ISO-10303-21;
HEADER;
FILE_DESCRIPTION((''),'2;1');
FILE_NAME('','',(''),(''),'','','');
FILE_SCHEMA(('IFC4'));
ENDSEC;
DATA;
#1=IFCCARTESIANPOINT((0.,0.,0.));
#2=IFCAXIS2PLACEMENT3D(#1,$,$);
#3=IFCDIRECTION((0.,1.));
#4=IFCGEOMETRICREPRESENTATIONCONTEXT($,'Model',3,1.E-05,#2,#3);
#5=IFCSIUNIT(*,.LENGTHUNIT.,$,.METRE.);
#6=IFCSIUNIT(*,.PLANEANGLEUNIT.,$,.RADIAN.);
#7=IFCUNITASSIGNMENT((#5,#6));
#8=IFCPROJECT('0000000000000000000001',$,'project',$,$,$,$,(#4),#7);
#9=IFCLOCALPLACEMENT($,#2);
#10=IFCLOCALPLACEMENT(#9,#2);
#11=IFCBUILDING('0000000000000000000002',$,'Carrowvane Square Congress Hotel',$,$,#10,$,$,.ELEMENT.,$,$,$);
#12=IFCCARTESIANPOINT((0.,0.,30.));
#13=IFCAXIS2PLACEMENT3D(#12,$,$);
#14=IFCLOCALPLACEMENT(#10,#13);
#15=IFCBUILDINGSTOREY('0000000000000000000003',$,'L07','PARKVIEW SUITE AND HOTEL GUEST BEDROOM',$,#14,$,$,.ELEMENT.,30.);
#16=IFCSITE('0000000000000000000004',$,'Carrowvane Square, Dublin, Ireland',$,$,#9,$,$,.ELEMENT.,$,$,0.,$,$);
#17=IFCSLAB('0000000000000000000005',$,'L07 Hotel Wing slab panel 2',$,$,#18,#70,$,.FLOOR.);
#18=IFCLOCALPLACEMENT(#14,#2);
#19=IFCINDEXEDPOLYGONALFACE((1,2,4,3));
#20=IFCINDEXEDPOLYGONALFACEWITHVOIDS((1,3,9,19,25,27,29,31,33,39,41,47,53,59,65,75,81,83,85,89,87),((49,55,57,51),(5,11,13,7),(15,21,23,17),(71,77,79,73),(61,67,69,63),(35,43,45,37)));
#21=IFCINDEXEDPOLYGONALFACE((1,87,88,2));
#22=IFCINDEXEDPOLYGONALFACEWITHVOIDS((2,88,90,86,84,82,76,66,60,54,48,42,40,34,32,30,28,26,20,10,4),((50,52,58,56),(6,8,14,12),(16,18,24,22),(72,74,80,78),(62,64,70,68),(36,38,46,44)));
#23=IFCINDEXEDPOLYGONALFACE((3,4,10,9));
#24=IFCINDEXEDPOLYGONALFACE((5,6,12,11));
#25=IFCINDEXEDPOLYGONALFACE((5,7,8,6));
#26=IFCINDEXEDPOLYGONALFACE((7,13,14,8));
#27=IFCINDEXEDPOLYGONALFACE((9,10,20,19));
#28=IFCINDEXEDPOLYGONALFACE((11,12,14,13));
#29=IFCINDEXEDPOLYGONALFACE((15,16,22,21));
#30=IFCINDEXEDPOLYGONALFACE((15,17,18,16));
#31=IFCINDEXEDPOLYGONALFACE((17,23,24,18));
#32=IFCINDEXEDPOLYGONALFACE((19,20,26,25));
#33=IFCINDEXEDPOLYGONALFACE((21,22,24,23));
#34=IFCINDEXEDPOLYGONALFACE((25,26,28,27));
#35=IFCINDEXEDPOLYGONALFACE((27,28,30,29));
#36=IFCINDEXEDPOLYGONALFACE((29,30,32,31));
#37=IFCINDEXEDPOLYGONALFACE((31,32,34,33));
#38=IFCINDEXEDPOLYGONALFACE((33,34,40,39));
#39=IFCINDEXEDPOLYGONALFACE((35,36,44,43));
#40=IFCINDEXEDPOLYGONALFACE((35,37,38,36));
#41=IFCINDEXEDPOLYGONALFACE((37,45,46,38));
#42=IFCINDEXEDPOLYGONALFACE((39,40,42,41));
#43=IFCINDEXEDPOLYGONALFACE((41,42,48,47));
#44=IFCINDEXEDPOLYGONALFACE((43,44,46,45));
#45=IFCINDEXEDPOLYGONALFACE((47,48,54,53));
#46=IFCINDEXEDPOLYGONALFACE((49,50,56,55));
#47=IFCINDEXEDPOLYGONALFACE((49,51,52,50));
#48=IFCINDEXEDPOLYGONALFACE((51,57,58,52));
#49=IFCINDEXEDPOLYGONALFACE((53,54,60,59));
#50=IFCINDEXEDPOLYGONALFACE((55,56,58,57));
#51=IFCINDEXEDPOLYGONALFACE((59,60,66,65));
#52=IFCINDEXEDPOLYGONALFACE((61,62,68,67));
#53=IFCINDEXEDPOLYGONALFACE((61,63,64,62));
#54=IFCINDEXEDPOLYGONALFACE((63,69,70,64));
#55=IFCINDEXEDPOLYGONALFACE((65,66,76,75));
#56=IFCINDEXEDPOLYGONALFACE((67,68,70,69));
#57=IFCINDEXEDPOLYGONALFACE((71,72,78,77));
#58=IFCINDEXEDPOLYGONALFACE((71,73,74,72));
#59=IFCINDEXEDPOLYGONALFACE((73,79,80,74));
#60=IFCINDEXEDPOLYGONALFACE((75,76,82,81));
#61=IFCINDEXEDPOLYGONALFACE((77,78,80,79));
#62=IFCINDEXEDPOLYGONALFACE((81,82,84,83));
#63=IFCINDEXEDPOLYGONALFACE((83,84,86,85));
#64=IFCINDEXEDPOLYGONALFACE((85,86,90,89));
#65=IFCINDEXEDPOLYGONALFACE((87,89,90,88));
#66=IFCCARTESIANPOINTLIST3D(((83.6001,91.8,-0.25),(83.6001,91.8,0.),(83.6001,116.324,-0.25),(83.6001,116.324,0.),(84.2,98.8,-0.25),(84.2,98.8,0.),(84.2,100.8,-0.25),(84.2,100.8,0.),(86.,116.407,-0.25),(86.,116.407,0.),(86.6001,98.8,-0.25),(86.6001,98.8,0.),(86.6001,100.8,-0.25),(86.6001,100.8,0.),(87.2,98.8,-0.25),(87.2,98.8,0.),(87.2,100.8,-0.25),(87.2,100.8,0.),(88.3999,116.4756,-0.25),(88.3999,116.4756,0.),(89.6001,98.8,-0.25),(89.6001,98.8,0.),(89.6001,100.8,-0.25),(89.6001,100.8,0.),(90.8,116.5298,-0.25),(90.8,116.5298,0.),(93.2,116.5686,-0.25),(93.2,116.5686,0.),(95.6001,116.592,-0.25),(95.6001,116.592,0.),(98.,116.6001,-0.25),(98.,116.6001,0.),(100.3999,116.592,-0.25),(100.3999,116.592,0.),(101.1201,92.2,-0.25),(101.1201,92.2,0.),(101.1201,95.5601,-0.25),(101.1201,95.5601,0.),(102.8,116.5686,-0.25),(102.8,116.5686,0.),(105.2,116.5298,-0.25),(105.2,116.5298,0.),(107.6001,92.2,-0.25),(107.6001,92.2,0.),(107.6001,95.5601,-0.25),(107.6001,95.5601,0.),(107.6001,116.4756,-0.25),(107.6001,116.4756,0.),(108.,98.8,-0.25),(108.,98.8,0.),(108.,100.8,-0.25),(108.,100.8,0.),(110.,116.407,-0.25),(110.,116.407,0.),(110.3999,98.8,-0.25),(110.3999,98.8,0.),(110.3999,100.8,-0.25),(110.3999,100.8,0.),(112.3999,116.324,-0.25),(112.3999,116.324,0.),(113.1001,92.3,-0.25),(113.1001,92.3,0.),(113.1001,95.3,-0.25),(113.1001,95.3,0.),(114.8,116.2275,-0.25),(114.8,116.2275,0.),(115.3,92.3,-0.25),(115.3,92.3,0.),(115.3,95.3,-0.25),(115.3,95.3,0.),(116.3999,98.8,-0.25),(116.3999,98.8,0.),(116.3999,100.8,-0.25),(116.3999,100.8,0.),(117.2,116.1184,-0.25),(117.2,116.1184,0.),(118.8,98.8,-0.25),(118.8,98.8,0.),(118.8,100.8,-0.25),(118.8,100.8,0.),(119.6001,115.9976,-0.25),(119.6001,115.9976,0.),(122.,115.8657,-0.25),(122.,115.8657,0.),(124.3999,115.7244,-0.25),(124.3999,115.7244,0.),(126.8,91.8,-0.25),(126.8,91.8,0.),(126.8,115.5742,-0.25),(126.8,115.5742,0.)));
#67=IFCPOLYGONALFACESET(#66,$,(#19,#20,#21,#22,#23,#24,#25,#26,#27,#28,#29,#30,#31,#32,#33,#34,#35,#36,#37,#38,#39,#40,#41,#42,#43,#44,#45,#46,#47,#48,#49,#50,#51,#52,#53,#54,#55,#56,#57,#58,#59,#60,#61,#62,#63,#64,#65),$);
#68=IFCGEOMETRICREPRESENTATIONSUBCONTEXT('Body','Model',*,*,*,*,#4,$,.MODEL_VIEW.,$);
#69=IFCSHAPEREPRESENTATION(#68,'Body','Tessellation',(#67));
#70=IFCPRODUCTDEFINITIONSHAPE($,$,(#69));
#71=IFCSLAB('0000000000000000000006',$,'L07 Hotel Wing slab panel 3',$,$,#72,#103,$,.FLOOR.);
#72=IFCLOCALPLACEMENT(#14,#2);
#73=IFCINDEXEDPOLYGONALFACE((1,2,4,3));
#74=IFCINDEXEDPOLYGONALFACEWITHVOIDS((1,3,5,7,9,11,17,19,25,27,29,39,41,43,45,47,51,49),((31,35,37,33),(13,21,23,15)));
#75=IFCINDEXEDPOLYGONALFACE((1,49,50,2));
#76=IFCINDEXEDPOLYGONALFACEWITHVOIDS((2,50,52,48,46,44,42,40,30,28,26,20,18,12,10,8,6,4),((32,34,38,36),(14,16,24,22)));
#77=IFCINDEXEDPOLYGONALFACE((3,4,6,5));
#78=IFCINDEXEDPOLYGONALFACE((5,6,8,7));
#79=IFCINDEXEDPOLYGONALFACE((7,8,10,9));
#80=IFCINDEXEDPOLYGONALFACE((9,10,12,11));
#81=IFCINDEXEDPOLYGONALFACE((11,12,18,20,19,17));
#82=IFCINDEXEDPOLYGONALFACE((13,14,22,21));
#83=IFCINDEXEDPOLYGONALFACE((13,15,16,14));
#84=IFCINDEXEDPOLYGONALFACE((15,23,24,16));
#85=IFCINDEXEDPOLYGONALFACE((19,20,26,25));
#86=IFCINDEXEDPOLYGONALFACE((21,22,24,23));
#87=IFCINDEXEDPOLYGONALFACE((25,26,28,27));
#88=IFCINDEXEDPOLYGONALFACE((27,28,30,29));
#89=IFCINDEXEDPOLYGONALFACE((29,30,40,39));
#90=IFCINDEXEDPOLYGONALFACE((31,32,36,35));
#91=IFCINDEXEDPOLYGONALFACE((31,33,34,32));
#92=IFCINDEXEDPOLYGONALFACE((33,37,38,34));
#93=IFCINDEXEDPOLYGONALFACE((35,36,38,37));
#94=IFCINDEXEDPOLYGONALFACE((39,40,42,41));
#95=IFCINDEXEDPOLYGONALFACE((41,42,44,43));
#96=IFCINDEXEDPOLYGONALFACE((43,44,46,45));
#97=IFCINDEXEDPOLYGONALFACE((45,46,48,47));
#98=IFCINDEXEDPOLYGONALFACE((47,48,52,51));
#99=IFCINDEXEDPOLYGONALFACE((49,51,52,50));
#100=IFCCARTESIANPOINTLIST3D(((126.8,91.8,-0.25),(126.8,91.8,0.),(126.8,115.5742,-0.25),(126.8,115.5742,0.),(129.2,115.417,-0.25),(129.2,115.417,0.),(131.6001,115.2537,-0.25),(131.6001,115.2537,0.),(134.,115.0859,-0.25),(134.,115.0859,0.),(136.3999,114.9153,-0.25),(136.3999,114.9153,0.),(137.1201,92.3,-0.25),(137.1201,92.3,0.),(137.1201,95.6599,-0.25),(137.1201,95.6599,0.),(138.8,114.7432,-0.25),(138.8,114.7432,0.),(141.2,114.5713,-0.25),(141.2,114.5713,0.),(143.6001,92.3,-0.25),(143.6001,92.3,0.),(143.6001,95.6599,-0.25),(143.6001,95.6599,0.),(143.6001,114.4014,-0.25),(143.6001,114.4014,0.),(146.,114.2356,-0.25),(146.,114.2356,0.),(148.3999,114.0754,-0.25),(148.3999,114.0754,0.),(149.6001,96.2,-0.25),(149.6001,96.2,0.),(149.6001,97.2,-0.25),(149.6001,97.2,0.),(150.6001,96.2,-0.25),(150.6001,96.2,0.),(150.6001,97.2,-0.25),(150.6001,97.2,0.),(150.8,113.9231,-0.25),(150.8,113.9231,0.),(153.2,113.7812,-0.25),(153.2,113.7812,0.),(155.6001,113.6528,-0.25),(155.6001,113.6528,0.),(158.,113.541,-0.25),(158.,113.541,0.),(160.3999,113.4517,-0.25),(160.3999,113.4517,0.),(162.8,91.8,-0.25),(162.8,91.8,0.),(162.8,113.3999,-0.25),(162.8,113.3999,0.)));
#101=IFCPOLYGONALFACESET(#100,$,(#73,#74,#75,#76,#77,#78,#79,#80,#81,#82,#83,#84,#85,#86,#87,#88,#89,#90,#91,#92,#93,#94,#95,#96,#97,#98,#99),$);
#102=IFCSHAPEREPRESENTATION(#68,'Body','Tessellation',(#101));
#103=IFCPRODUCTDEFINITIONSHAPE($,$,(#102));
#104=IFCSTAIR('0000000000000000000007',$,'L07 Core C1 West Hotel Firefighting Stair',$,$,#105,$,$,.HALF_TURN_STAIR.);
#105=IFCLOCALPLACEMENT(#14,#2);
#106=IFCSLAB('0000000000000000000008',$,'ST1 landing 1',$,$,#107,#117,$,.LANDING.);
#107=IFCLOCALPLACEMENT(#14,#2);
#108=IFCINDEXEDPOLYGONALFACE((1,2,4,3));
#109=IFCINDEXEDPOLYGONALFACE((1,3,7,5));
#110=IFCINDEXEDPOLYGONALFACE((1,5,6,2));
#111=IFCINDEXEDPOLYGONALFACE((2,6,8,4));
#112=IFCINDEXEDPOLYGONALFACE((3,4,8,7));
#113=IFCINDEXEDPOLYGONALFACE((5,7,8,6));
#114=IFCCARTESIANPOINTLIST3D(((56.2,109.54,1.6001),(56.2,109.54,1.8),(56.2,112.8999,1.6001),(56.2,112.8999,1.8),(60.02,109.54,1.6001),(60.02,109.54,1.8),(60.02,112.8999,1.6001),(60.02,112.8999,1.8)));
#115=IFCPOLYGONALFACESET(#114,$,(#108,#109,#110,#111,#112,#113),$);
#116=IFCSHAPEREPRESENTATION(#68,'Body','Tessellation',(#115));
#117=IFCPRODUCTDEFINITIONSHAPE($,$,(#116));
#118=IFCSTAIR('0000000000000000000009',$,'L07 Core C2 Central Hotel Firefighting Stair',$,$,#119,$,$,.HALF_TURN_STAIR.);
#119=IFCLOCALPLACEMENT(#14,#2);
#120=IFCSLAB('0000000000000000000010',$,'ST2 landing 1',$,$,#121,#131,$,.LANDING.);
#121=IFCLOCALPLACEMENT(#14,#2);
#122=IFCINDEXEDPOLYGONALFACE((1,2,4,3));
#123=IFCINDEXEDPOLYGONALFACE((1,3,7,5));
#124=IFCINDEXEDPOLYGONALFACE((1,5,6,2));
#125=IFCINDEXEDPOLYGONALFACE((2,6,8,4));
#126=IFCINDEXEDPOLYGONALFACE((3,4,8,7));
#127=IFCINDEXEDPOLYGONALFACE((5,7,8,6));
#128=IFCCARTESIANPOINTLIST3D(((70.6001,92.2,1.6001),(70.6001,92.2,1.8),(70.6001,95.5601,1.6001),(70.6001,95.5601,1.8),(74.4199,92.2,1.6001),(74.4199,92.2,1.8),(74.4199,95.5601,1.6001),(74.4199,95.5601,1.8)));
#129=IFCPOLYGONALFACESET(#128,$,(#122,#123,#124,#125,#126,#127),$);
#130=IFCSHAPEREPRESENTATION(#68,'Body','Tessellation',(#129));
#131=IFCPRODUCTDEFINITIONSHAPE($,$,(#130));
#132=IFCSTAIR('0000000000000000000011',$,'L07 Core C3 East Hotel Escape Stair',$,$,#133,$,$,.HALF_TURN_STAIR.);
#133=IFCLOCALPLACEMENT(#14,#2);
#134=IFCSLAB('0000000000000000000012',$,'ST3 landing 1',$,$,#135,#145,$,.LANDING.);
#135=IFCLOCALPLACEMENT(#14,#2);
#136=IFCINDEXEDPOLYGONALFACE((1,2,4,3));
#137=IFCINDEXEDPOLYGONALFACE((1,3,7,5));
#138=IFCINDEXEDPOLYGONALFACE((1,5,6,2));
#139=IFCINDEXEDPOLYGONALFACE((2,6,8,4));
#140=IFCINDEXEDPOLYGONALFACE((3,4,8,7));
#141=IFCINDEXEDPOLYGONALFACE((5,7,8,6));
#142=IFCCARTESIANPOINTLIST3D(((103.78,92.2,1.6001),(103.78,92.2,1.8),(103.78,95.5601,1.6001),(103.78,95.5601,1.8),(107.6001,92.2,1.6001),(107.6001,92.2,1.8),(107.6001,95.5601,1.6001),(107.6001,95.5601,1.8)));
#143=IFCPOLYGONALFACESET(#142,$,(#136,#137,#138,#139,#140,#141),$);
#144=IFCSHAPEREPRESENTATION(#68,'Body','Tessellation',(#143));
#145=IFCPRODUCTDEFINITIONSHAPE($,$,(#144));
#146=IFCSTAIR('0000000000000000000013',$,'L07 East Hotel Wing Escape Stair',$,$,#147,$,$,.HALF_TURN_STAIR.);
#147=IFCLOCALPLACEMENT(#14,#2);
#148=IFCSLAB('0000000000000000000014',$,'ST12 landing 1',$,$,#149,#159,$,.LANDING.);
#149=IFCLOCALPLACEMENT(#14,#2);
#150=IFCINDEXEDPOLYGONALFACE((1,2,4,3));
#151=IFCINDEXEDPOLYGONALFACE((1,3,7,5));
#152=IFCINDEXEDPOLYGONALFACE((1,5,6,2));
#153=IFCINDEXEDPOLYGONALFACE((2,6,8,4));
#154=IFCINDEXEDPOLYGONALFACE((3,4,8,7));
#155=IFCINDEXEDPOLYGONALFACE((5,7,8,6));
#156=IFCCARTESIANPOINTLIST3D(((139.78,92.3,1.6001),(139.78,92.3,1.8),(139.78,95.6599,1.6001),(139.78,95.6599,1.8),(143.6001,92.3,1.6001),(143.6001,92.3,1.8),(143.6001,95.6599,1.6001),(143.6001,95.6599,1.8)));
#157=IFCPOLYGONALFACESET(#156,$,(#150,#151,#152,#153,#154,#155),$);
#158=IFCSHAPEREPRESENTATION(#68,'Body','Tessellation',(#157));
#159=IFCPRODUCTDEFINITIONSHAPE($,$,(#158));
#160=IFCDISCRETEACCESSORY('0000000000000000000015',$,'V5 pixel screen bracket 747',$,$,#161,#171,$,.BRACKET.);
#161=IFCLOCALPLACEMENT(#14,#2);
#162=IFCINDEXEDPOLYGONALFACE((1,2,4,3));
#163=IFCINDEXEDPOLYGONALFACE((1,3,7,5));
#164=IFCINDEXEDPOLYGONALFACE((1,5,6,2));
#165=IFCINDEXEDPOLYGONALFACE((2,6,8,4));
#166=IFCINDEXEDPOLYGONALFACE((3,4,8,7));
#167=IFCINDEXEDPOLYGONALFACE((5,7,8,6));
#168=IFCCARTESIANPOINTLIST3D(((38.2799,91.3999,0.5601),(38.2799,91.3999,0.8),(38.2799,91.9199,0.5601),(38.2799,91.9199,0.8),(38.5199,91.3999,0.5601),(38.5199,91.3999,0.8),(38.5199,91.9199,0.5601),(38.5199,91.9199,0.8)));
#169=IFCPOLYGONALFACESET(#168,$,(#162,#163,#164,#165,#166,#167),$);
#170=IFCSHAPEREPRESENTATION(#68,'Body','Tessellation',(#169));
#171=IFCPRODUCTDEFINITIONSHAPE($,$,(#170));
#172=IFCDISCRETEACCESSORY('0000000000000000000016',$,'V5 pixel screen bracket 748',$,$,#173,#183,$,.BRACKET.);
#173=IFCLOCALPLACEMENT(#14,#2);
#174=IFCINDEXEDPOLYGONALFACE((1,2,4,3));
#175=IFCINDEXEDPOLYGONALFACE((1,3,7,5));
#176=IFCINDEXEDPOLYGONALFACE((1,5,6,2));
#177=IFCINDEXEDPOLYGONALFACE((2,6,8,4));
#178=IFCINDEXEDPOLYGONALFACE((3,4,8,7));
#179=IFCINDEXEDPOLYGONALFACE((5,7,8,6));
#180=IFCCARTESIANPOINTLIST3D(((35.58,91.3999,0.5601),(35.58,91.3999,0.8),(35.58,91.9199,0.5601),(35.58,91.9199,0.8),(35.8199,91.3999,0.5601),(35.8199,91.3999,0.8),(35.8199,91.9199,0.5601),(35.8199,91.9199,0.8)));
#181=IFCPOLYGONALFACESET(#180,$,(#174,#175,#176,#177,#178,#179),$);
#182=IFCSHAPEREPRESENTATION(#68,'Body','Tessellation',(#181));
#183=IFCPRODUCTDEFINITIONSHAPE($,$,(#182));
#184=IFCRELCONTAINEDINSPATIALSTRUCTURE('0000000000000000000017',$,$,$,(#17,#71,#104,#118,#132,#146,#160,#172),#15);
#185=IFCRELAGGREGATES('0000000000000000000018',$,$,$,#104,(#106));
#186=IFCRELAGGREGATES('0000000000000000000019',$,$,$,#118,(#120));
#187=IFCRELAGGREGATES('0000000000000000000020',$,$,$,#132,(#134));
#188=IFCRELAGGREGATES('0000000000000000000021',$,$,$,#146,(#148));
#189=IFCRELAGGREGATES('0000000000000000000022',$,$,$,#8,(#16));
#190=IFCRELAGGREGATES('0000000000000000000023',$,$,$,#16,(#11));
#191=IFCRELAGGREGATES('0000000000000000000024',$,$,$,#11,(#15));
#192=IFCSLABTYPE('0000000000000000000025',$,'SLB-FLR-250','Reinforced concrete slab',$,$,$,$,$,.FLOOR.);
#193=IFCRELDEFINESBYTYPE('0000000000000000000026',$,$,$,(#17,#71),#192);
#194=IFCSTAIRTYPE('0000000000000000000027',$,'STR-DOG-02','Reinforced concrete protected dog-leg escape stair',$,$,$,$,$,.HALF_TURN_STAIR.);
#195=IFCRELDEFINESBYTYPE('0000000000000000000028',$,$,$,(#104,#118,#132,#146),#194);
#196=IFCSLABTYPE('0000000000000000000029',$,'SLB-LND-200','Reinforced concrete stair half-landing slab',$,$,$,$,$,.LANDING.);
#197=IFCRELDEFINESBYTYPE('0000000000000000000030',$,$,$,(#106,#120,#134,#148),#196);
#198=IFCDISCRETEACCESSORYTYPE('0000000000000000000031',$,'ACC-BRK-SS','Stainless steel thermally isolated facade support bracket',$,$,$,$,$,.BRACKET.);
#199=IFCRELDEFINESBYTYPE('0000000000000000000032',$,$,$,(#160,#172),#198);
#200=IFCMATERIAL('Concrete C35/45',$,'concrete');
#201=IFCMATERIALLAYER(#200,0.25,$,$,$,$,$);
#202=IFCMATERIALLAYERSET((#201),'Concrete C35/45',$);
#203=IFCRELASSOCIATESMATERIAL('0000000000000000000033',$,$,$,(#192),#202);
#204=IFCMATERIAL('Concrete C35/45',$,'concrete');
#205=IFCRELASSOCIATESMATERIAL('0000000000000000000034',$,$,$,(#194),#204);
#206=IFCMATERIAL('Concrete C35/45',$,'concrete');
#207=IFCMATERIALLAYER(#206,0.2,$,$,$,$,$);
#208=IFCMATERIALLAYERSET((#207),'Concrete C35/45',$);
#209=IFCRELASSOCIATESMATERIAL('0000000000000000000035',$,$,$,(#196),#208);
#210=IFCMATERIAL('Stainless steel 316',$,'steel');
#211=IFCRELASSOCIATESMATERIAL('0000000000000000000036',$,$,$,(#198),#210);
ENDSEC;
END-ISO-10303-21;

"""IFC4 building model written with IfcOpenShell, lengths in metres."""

from ifc_helpers import new_model, si_unit, direction, frame, origin, origin_2d, place, context, subcontext, project, spatial, polyline, rectangle, outline, extrude, material, layer, layer_set, type_object, element, aggregate, save


model = new_model("IFC4")

# Units and contexts
model_context = context("Model", 3, precision=1e-05, world=origin(), true_north=direction((0.0, 1.0)))
body_context = subcontext(model_context, "Body", "Model", "MODEL_VIEW")
ifc_project = project(units=[si_unit("LENGTHUNIT", "METRE"), si_unit("PLANEANGLEUNIT", "RADIAN")], contexts=[model_context])

# Site, building, storey
site_placement = place(None, origin())
site = spatial("IfcSite", under=ifc_project, at=site_placement, Name="Carrowvane Square, Dublin, Ireland", CompositionType="ELEMENT", RefElevation=0.0)
building_placement = place(site_placement, origin())
building = spatial("IfcBuilding", under=site, at=building_placement, Name="Carrowvane Square Congress Hotel", CompositionType="ELEMENT")
storey_placement = place(building_placement, frame((0.0, 0.0, 30.0)))
storey = spatial("IfcBuildingStorey", under=building, at=storey_placement, Name="L07", Description="PARKVIEW SUITE AND HOTEL GUEST BEDROOM", CompositionType="ELEMENT", Elevation=30.0)

# Slabs
ifc_material_1 = material(Name="Concrete C35/45", Category="concrete")
ifc_layer_1 = layer(ifc_material_1, 0.25)
ifc_layer_set_1 = layer_set([ifc_layer_1], Name="Concrete C35/45")
slab_type_1 = type_object("IfcSlabType", Name="SLB-FLR-250", Description="Reinforced concrete slab", PredefinedType="FLOOR", material=ifc_layer_set_1)
slab_1_placement = place(storey_placement, frame((0.0, 0.0, -0.25)))
element("IfcSlab", 1, at=slab_1_placement, inside=storey, type_object=slab_type_1, Name="L07 Hotel Wing slab panel 2", PredefinedType="FLOOR", context=body_context, shape_type="SweptSolid", body=[
    extrude(outline(polyline([(83.6001, 91.8), (126.8, 91.8), (126.8, 115.5742), (124.3999, 115.7244), (122.0, 115.8657), (119.6001, 115.9976), (117.2, 116.1184), (114.8, 116.2275), (112.3999, 116.324), (110.0, 116.407), (107.6001, 116.4756), (105.2, 116.5298), (102.8, 116.5686), (100.3999, 116.592), (98.0, 116.6001), (95.6001, 116.592), (93.2, 116.5686), (90.8, 116.5298), (88.3999, 116.4756), (86.0, 116.407), (83.6001, 116.324), (83.6001, 91.8)]), holes=[polyline([(101.1201, 92.2), (107.6001, 92.2), (107.6001, 95.5601), (101.1201, 95.5601), (101.1201, 92.2)]), polyline([(84.2, 98.8), (86.6001, 98.8), (86.6001, 100.8), (84.2, 100.8), (84.2, 98.8)]), polyline([(87.2, 98.8), (89.6001, 98.8), (89.6001, 100.8), (87.2, 100.8), (87.2, 98.8)]), polyline([(108.0, 98.8), (110.3999, 98.8), (110.3999, 100.8), (108.0, 100.8), (108.0, 98.8)]), polyline([(116.3999, 98.8), (118.8, 98.8), (118.8, 100.8), (116.3999, 100.8), (116.3999, 98.8)]), polyline([(113.1001, 92.3), (115.3, 92.3), (115.3, 95.3), (113.1001, 95.3), (113.1001, 92.3)])]), origin(), (0.0, 0.0, 1.0), 0.25),
])
slab_2_placement = place(storey_placement, frame((0.0, 0.0, -0.25)))
element("IfcSlab", 2, at=slab_2_placement, inside=storey, type_object=slab_type_1, Name="L07 Hotel Wing slab panel 3", PredefinedType="FLOOR", context=body_context, shape_type="SweptSolid", body=[
    extrude(outline(polyline([(126.8, 91.8), (162.8, 91.8), (162.8, 113.3999), (160.3999, 113.4517), (158.0, 113.541), (155.6001, 113.6528), (153.2, 113.7812), (150.8, 113.9231), (148.3999, 114.0754), (146.0, 114.2356), (143.6001, 114.4014), (141.2, 114.5713), (138.8, 114.7432), (136.3999, 114.9153), (134.0, 115.0859), (131.6001, 115.2537), (129.2, 115.417), (126.8, 115.5742), (126.8, 91.8)]), holes=[polyline([(137.1201, 92.3), (143.6001, 92.3), (143.6001, 95.6599), (137.1201, 95.6599), (137.1201, 92.3)]), polyline([(149.6001, 96.2), (150.6001, 96.2), (150.6001, 97.2), (149.6001, 97.2), (149.6001, 96.2)])]), origin(), (0.0, 0.0, 1.0), 0.25),
])

# Stairs, slabs
ifc_material_2 = material(Name="Concrete C35/45", Category="concrete")
stair_type = type_object("IfcStairType", Name="STR-DOG-02", Description="Reinforced concrete protected dog-leg escape stair", PredefinedType="HALF_TURN_STAIR", material=ifc_material_2)
stair_1_placement = place(storey_placement, origin())
stair_1 = element("IfcStair", 3, at=stair_1_placement, inside=storey, type_object=stair_type, Name="L07 Core C1 West Hotel Firefighting Stair", PredefinedType="HALF_TURN_STAIR")
ifc_material_3 = material(Name="Concrete C35/45", Category="concrete")
ifc_layer_2 = layer(ifc_material_3, 0.2)
ifc_layer_set_2 = layer_set([ifc_layer_2], Name="Concrete C35/45")
slab_type_2 = type_object("IfcSlabType", Name="SLB-LND-200", Description="Reinforced concrete stair half-landing slab", PredefinedType="LANDING", material=ifc_layer_set_2)
slab_3_placement = place(storey_placement, frame((0.0, 0.0, 1.6001)))
slab_3 = element("IfcSlab", 4, at=slab_3_placement, type_object=slab_type_2, Name="ST1 landing 1", PredefinedType="LANDING", context=body_context, shape_type="SweptSolid", body=[
    extrude(outline(polyline([(60.02, 112.8999), (56.2, 112.8999), (56.2, 109.54), (60.02, 109.54), (60.02, 112.8999)])), origin(), (0.0, 0.0, 1.0), 0.2),
])
aggregate(stair_1, [slab_3])
stair_2_placement = place(storey_placement, origin())
stair_2 = element("IfcStair", 5, at=stair_2_placement, inside=storey, type_object=stair_type, Name="L07 Core C2 Central Hotel Firefighting Stair", PredefinedType="HALF_TURN_STAIR")
slab_4_placement = place(storey_placement, frame((0.0, 0.0, 1.6001)))
slab_4 = element("IfcSlab", 6, at=slab_4_placement, type_object=slab_type_2, Name="ST2 landing 1", PredefinedType="LANDING", context=body_context, shape_type="SweptSolid", body=[
    extrude(outline(polyline([(74.4199, 95.5601), (70.6001, 95.5601), (70.6001, 92.2), (74.4199, 92.2), (74.4199, 95.5601)])), origin(), (0.0, 0.0, 1.0), 0.2),
])
aggregate(stair_2, [slab_4])
stair_3_placement = place(storey_placement, origin())
stair_3 = element("IfcStair", 7, at=stair_3_placement, inside=storey, type_object=stair_type, Name="L07 Core C3 East Hotel Escape Stair", PredefinedType="HALF_TURN_STAIR")
slab_5_placement = place(storey_placement, frame((0.0, 0.0, 1.6001)))
slab_5 = element("IfcSlab", 8, at=slab_5_placement, type_object=slab_type_2, Name="ST3 landing 1", PredefinedType="LANDING", context=body_context, shape_type="SweptSolid", body=[
    extrude(outline(polyline([(103.78, 92.2), (107.6001, 92.2), (107.6001, 95.5601), (103.78, 95.5601), (103.78, 92.2)])), origin(), (0.0, 0.0, 1.0), 0.2),
])
aggregate(stair_3, [slab_5])
stair_4_placement = place(storey_placement, origin())
stair_4 = element("IfcStair", 9, at=stair_4_placement, inside=storey, type_object=stair_type, Name="L07 East Hotel Wing Escape Stair", PredefinedType="HALF_TURN_STAIR")
slab_6_placement = place(storey_placement, frame((0.0, 0.0, 1.6001)))
slab_6 = element("IfcSlab", 10, at=slab_6_placement, type_object=slab_type_2, Name="ST12 landing 1", PredefinedType="LANDING", context=body_context, shape_type="SweptSolid", body=[
    extrude(outline(polyline([(139.78, 92.3), (143.6001, 92.3), (143.6001, 95.6599), (139.78, 95.6599), (139.78, 92.3)])), origin(), (0.0, 0.0, 1.0), 0.2),
])
aggregate(stair_4, [slab_6])

# Discrete accessories
ifc_material_4 = material(Name="Stainless steel 316", Category="steel")
discrete_accessory_type = type_object("IfcDiscreteAccessoryType", Name="ACC-BRK-SS", Description="Stainless steel thermally isolated facade support bracket", PredefinedType="BRACKET", material=ifc_material_4)
for number, where, z_axis, x_axis, name in (
    (11, (38.3999, 91.6599, 0.5601), (0.0, 0.0, 1.0), (-1.0, 0.0, 0.0), "V5 pixel screen bracket 747"),
    (12, (35.7, 91.6599, 0.5601), (0.0, 0.0, 1.0), (-1.0, 0.0, 0.0), "V5 pixel screen bracket 748"),
):
    element("IfcDiscreteAccessory", number, at=place(storey_placement, frame(where, z_axis=z_axis, x_axis=x_axis)), inside=storey, type_object=discrete_accessory_type, Name=name, PredefinedType="BRACKET", context=body_context, shape_type="SweptSolid", body=[
        extrude(rectangle(XDim=0.24, YDim=0.52, at=origin_2d()), origin(), (0.0, 0.0, 1.0), 0.24),
    ])

save(model, "model.ifc")
